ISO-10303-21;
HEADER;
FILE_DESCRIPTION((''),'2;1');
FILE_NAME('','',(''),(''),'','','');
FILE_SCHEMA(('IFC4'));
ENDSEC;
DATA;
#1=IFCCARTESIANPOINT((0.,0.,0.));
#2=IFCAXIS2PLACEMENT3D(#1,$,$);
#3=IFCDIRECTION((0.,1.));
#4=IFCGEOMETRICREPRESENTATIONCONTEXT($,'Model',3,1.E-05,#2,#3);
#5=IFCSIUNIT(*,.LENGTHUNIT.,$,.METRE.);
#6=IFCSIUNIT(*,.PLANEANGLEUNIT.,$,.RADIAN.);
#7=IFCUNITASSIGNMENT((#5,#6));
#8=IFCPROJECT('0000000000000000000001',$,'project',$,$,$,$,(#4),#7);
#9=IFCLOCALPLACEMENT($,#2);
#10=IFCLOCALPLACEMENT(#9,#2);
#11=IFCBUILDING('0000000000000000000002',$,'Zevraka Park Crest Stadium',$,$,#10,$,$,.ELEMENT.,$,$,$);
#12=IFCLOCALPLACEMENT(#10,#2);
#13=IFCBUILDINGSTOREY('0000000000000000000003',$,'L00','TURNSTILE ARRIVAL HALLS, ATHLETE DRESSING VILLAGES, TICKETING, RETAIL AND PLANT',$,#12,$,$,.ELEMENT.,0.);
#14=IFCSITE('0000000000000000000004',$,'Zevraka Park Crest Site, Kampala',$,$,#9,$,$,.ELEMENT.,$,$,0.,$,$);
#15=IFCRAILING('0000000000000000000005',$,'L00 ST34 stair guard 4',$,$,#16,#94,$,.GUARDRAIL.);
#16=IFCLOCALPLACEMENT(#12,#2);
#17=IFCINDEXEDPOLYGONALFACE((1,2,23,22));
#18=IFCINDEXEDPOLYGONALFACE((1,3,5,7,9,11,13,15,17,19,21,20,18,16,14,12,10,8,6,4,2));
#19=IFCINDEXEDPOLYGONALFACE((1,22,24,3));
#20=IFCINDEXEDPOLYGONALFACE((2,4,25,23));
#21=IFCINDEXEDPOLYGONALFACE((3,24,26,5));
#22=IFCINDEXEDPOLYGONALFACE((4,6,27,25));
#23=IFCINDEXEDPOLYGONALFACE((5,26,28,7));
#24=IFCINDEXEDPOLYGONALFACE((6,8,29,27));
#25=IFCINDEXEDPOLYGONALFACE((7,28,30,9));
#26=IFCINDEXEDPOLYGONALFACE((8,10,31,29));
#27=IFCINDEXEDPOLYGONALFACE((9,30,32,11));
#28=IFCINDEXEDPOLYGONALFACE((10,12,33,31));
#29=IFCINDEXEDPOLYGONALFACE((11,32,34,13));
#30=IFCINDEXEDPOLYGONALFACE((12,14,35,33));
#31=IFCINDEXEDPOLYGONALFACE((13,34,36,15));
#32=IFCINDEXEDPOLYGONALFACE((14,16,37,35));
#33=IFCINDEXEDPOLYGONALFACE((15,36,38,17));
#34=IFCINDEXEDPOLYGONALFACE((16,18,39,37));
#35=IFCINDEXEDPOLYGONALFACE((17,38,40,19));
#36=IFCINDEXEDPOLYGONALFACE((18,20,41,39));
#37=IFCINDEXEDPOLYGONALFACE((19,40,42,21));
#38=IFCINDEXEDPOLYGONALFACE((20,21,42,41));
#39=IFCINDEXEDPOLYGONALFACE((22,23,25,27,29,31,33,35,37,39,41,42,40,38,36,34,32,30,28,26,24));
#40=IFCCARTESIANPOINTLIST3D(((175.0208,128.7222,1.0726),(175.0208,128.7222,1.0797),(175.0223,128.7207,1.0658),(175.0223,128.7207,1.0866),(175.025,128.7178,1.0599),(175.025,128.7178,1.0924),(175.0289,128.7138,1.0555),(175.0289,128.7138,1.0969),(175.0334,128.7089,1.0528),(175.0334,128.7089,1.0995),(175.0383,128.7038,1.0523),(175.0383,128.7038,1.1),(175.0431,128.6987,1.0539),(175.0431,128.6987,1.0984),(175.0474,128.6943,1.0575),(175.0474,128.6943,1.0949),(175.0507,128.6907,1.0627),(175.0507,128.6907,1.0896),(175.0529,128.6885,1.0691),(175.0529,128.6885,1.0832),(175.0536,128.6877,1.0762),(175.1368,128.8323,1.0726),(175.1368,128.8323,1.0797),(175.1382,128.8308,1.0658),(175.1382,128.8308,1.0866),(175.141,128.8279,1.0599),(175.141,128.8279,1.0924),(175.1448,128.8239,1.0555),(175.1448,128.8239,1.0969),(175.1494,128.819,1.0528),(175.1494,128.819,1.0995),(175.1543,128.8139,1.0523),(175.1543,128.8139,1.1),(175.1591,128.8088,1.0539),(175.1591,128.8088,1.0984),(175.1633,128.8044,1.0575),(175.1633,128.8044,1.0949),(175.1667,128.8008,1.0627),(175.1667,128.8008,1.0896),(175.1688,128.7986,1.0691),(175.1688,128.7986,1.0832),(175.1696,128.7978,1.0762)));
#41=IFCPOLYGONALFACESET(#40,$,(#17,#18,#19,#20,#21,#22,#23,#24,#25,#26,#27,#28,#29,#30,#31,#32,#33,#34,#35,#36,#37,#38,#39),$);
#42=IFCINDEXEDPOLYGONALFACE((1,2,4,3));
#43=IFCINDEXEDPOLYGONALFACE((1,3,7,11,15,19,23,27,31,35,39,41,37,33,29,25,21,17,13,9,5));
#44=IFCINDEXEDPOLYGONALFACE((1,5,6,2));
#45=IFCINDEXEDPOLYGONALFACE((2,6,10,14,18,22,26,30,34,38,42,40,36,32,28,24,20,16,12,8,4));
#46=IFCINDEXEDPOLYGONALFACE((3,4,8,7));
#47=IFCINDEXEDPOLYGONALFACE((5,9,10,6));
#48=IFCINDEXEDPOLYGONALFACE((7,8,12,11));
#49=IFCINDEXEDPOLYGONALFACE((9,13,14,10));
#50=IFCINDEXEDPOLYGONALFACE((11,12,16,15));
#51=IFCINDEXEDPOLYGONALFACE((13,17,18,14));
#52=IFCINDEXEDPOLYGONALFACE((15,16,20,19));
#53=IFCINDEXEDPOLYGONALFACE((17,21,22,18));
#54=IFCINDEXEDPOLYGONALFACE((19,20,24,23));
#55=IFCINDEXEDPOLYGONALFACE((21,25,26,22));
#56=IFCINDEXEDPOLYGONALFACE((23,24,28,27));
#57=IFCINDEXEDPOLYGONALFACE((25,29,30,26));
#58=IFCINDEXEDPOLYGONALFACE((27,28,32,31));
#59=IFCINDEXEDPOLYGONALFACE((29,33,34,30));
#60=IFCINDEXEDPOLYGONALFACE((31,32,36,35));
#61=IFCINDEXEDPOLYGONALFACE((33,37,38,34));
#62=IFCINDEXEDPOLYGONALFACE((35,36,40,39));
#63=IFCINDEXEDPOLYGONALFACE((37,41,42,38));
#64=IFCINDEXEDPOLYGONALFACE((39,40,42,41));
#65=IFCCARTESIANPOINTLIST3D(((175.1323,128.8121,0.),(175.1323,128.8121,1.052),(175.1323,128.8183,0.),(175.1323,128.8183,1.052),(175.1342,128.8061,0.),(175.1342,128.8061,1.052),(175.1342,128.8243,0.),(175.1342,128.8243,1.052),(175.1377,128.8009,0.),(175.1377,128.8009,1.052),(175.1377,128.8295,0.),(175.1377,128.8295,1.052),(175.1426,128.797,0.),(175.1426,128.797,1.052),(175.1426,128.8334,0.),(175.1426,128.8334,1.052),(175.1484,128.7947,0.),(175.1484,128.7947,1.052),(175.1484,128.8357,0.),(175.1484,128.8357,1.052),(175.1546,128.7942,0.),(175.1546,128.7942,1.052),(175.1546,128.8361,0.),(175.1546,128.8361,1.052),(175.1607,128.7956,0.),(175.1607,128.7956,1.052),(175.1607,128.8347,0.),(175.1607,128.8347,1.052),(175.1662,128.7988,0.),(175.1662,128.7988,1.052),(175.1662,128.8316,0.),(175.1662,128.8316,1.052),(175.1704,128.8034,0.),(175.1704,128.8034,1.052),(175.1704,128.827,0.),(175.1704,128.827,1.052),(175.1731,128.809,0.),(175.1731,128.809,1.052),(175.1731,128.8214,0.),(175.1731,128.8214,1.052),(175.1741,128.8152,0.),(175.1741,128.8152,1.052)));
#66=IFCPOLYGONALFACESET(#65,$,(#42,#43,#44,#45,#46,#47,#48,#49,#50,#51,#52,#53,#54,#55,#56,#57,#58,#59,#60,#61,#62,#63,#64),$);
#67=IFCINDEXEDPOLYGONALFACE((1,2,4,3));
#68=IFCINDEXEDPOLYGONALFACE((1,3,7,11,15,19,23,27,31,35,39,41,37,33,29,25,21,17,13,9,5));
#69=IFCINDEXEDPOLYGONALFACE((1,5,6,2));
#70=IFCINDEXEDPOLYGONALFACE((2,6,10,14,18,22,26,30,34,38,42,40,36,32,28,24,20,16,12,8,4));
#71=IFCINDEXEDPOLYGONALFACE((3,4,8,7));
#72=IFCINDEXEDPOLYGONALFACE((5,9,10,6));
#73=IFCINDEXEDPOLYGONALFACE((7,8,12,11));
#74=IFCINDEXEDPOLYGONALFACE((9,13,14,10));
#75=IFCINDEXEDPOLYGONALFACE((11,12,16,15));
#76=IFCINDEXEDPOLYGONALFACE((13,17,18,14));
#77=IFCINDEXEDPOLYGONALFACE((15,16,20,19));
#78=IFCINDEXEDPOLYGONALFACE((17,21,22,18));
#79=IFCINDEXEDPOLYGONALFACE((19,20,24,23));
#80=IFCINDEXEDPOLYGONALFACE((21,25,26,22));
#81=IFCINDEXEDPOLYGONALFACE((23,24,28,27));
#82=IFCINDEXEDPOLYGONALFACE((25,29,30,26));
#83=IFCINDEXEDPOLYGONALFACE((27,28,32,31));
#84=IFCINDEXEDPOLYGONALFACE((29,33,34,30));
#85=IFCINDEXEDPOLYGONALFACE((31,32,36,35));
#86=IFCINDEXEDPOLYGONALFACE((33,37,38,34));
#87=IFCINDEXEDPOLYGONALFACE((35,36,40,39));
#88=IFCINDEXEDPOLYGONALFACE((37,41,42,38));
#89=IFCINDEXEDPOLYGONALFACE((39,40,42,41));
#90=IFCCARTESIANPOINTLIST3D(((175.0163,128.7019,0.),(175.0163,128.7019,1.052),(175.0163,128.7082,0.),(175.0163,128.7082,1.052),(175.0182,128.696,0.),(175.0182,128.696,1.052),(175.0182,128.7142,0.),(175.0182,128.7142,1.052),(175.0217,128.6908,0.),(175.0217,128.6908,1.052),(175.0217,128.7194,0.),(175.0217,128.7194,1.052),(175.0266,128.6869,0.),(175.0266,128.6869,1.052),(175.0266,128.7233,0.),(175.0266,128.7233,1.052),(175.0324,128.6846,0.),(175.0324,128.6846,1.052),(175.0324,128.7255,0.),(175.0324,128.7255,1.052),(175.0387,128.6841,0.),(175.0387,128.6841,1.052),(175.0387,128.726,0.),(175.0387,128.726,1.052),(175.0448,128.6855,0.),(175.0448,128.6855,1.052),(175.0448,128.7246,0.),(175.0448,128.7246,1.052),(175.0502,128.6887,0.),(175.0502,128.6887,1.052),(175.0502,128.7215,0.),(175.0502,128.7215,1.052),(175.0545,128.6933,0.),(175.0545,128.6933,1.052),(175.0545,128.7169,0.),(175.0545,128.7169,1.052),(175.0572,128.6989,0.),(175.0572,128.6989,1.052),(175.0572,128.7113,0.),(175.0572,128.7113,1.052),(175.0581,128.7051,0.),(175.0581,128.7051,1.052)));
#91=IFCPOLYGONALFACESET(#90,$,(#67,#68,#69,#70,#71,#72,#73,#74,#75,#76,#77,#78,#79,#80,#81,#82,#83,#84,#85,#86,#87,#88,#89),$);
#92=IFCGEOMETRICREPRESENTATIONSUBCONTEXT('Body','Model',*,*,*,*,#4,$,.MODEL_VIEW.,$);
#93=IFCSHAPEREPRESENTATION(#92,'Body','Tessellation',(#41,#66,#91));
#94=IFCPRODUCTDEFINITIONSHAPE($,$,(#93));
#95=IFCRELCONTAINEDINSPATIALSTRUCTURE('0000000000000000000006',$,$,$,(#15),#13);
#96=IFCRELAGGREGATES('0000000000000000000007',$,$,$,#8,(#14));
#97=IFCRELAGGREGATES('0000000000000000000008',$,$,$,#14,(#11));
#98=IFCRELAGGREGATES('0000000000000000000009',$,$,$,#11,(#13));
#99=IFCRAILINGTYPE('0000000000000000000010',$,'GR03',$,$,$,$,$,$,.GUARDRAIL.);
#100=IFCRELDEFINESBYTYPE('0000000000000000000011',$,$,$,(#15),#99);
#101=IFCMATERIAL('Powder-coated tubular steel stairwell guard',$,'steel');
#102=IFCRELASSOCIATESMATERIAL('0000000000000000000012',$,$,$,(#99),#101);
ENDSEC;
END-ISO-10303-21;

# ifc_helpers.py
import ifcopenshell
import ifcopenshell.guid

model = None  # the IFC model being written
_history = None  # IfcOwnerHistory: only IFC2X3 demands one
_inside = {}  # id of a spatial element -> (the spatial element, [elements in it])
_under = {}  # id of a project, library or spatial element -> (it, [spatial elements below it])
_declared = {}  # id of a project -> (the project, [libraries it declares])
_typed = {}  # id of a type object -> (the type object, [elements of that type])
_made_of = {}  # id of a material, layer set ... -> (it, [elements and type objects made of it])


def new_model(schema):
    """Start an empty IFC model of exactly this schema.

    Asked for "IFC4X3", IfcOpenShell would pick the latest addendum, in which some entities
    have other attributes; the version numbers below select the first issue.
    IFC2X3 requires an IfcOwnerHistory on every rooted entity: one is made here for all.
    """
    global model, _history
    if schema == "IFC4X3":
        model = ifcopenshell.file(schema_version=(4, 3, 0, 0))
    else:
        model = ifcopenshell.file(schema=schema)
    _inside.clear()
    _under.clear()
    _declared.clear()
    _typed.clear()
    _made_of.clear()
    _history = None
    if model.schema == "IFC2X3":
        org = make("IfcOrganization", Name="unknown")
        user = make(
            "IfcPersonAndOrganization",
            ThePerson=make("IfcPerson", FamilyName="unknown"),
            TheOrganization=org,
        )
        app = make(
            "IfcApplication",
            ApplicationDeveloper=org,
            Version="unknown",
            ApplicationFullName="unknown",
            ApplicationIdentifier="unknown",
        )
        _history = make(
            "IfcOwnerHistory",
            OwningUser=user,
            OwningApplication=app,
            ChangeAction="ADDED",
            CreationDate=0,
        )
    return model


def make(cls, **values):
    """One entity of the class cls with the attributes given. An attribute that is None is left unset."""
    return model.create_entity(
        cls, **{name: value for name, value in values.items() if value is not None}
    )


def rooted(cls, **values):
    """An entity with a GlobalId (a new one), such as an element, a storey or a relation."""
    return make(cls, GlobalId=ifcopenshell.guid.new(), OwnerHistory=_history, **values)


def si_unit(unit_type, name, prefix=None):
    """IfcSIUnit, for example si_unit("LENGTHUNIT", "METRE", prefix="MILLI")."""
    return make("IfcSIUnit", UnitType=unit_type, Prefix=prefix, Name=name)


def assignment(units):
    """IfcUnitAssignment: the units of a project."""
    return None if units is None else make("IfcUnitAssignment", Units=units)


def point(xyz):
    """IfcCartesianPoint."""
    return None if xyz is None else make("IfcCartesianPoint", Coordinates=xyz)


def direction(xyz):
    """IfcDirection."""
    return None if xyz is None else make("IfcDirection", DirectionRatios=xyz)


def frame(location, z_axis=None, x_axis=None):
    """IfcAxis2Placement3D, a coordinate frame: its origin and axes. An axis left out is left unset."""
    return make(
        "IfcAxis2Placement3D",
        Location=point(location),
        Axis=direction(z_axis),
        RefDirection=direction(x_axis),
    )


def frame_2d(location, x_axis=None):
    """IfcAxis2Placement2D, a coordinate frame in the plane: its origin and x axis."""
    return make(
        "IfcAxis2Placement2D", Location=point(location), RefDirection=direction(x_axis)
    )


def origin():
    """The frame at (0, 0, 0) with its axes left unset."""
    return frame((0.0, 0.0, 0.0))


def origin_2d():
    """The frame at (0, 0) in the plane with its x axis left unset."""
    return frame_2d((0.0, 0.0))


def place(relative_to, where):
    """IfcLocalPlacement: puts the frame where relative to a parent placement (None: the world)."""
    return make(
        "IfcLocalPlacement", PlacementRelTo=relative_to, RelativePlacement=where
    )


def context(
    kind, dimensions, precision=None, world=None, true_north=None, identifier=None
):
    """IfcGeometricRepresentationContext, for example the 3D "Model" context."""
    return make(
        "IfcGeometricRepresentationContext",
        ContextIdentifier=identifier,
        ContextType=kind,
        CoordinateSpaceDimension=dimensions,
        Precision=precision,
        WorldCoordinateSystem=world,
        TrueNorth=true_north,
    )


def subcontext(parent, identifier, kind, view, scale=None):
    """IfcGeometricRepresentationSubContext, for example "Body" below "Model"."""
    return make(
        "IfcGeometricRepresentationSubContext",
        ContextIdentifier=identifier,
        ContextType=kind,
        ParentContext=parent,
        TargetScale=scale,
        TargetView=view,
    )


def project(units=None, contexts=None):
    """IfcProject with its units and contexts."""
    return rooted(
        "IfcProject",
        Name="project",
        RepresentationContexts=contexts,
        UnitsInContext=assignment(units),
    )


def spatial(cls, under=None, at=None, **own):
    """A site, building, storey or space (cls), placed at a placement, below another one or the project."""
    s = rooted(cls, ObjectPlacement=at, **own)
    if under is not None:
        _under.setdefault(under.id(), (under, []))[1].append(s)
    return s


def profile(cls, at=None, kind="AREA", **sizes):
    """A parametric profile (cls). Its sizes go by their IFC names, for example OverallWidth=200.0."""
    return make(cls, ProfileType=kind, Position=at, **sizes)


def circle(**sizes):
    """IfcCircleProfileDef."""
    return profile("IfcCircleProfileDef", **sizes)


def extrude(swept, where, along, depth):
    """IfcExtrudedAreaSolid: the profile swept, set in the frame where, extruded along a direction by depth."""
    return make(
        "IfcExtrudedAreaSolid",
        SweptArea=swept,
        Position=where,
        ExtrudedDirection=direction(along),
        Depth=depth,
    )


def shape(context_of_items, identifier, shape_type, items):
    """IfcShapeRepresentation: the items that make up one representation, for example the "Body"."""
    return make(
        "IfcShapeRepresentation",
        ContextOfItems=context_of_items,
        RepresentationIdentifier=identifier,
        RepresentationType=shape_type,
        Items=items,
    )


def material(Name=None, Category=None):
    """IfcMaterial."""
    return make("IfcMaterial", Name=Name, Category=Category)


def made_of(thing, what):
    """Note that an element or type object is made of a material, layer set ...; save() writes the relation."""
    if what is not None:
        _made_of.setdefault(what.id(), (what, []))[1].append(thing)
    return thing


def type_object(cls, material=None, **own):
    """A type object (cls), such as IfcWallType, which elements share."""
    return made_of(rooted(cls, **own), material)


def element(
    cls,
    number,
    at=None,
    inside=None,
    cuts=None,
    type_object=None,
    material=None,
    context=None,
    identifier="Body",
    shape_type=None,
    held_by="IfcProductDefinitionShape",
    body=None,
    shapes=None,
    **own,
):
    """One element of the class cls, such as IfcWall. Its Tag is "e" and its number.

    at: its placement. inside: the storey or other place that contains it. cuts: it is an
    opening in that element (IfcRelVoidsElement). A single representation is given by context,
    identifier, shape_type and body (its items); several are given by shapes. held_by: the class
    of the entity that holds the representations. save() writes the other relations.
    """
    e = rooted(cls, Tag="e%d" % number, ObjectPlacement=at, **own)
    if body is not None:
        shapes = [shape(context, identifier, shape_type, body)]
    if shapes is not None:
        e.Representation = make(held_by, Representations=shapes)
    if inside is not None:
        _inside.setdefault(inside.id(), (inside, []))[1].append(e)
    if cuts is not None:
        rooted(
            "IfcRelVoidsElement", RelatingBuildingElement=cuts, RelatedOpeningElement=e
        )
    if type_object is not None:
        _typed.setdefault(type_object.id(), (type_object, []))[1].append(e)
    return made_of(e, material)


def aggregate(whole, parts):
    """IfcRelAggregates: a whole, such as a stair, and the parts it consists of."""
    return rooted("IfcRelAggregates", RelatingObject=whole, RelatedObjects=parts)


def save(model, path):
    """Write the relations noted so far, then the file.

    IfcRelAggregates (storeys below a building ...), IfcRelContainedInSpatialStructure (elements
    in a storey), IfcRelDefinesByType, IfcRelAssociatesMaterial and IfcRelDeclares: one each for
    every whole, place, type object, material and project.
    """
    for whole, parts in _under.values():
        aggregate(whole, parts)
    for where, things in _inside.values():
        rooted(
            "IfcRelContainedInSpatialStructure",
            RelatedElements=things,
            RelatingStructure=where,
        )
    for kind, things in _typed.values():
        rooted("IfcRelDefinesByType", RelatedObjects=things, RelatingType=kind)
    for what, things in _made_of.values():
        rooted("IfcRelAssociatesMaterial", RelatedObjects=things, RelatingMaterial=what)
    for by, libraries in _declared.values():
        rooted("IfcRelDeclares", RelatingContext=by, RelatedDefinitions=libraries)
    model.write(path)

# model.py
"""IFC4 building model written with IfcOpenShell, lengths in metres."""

from ifc_helpers import new_model, si_unit, direction, frame, origin, origin_2d, place, context, subcontext, project, spatial, circle, extrude, material, type_object, element, save


model = new_model("IFC4")

# Units and contexts
model_context = context("Model", 3, precision=1e-05, world=origin(), true_north=direction((0.0, 1.0)))
body_context = subcontext(model_context, "Body", "Model", "MODEL_VIEW")
ifc_project = project(units=[si_unit("LENGTHUNIT", "METRE"), si_unit("PLANEANGLEUNIT", "RADIAN")], contexts=[model_context])

# Site, building, storey
site_placement = place(None, origin())
site = spatial("IfcSite", under=ifc_project, at=site_placement, Name="Zevraka Park Crest Site, Kampala", CompositionType="ELEMENT", RefElevation=0.0)
building_placement = place(site_placement, origin())
building = spatial("IfcBuilding", under=site, at=building_placement, Name="Zevraka Park Crest Stadium", CompositionType="ELEMENT")
storey_placement = place(building_placement, origin())
storey = spatial("IfcBuildingStorey", under=building, at=storey_placement, Name="L00", Description="TURNSTILE ARRIVAL HALLS, ATHLETE DRESSING VILLAGES, TICKETING, RETAIL AND PLANT", CompositionType="ELEMENT", Elevation=0.0)

# Railing
ifc_material_1 = material(Name="Powder-coated tubular steel stairwell guard", Category="steel")
railing_type = type_object("IfcRailingType", Name="GR03", PredefinedType="GUARDRAIL", material=ifc_material_1)
railing_1_placement = place(storey_placement, frame((175.1531, 128.8152, 0.0)))
element("IfcRailing", 1, at=railing_1_placement, inside=storey, type_object=railing_type, Name="L00 ST34 stair guard 4", PredefinedType="GUARDRAIL", context=body_context, shape_type="SweptSolid", body=[
    extrude(circle(Radius=0.0239, at=origin_2d()), frame((0.0, 0.0, 1.0762), z_axis=(-0.72519, -0.688549, 0.0), x_axis=(0.688549, -0.72519, 0.0)), (0.0, 0.0, 1.0), 0.1599),
    extrude(circle(Radius=0.021, at=origin_2d()), origin(), (0.0, 0.0, 1.0), 1.052),
    extrude(circle(Radius=0.021, at=origin_2d()), frame((-0.116, -0.1101, 0.0)), (0.0, 0.0, 1.0), 1.052),
])

save(model, "model.ifc")
